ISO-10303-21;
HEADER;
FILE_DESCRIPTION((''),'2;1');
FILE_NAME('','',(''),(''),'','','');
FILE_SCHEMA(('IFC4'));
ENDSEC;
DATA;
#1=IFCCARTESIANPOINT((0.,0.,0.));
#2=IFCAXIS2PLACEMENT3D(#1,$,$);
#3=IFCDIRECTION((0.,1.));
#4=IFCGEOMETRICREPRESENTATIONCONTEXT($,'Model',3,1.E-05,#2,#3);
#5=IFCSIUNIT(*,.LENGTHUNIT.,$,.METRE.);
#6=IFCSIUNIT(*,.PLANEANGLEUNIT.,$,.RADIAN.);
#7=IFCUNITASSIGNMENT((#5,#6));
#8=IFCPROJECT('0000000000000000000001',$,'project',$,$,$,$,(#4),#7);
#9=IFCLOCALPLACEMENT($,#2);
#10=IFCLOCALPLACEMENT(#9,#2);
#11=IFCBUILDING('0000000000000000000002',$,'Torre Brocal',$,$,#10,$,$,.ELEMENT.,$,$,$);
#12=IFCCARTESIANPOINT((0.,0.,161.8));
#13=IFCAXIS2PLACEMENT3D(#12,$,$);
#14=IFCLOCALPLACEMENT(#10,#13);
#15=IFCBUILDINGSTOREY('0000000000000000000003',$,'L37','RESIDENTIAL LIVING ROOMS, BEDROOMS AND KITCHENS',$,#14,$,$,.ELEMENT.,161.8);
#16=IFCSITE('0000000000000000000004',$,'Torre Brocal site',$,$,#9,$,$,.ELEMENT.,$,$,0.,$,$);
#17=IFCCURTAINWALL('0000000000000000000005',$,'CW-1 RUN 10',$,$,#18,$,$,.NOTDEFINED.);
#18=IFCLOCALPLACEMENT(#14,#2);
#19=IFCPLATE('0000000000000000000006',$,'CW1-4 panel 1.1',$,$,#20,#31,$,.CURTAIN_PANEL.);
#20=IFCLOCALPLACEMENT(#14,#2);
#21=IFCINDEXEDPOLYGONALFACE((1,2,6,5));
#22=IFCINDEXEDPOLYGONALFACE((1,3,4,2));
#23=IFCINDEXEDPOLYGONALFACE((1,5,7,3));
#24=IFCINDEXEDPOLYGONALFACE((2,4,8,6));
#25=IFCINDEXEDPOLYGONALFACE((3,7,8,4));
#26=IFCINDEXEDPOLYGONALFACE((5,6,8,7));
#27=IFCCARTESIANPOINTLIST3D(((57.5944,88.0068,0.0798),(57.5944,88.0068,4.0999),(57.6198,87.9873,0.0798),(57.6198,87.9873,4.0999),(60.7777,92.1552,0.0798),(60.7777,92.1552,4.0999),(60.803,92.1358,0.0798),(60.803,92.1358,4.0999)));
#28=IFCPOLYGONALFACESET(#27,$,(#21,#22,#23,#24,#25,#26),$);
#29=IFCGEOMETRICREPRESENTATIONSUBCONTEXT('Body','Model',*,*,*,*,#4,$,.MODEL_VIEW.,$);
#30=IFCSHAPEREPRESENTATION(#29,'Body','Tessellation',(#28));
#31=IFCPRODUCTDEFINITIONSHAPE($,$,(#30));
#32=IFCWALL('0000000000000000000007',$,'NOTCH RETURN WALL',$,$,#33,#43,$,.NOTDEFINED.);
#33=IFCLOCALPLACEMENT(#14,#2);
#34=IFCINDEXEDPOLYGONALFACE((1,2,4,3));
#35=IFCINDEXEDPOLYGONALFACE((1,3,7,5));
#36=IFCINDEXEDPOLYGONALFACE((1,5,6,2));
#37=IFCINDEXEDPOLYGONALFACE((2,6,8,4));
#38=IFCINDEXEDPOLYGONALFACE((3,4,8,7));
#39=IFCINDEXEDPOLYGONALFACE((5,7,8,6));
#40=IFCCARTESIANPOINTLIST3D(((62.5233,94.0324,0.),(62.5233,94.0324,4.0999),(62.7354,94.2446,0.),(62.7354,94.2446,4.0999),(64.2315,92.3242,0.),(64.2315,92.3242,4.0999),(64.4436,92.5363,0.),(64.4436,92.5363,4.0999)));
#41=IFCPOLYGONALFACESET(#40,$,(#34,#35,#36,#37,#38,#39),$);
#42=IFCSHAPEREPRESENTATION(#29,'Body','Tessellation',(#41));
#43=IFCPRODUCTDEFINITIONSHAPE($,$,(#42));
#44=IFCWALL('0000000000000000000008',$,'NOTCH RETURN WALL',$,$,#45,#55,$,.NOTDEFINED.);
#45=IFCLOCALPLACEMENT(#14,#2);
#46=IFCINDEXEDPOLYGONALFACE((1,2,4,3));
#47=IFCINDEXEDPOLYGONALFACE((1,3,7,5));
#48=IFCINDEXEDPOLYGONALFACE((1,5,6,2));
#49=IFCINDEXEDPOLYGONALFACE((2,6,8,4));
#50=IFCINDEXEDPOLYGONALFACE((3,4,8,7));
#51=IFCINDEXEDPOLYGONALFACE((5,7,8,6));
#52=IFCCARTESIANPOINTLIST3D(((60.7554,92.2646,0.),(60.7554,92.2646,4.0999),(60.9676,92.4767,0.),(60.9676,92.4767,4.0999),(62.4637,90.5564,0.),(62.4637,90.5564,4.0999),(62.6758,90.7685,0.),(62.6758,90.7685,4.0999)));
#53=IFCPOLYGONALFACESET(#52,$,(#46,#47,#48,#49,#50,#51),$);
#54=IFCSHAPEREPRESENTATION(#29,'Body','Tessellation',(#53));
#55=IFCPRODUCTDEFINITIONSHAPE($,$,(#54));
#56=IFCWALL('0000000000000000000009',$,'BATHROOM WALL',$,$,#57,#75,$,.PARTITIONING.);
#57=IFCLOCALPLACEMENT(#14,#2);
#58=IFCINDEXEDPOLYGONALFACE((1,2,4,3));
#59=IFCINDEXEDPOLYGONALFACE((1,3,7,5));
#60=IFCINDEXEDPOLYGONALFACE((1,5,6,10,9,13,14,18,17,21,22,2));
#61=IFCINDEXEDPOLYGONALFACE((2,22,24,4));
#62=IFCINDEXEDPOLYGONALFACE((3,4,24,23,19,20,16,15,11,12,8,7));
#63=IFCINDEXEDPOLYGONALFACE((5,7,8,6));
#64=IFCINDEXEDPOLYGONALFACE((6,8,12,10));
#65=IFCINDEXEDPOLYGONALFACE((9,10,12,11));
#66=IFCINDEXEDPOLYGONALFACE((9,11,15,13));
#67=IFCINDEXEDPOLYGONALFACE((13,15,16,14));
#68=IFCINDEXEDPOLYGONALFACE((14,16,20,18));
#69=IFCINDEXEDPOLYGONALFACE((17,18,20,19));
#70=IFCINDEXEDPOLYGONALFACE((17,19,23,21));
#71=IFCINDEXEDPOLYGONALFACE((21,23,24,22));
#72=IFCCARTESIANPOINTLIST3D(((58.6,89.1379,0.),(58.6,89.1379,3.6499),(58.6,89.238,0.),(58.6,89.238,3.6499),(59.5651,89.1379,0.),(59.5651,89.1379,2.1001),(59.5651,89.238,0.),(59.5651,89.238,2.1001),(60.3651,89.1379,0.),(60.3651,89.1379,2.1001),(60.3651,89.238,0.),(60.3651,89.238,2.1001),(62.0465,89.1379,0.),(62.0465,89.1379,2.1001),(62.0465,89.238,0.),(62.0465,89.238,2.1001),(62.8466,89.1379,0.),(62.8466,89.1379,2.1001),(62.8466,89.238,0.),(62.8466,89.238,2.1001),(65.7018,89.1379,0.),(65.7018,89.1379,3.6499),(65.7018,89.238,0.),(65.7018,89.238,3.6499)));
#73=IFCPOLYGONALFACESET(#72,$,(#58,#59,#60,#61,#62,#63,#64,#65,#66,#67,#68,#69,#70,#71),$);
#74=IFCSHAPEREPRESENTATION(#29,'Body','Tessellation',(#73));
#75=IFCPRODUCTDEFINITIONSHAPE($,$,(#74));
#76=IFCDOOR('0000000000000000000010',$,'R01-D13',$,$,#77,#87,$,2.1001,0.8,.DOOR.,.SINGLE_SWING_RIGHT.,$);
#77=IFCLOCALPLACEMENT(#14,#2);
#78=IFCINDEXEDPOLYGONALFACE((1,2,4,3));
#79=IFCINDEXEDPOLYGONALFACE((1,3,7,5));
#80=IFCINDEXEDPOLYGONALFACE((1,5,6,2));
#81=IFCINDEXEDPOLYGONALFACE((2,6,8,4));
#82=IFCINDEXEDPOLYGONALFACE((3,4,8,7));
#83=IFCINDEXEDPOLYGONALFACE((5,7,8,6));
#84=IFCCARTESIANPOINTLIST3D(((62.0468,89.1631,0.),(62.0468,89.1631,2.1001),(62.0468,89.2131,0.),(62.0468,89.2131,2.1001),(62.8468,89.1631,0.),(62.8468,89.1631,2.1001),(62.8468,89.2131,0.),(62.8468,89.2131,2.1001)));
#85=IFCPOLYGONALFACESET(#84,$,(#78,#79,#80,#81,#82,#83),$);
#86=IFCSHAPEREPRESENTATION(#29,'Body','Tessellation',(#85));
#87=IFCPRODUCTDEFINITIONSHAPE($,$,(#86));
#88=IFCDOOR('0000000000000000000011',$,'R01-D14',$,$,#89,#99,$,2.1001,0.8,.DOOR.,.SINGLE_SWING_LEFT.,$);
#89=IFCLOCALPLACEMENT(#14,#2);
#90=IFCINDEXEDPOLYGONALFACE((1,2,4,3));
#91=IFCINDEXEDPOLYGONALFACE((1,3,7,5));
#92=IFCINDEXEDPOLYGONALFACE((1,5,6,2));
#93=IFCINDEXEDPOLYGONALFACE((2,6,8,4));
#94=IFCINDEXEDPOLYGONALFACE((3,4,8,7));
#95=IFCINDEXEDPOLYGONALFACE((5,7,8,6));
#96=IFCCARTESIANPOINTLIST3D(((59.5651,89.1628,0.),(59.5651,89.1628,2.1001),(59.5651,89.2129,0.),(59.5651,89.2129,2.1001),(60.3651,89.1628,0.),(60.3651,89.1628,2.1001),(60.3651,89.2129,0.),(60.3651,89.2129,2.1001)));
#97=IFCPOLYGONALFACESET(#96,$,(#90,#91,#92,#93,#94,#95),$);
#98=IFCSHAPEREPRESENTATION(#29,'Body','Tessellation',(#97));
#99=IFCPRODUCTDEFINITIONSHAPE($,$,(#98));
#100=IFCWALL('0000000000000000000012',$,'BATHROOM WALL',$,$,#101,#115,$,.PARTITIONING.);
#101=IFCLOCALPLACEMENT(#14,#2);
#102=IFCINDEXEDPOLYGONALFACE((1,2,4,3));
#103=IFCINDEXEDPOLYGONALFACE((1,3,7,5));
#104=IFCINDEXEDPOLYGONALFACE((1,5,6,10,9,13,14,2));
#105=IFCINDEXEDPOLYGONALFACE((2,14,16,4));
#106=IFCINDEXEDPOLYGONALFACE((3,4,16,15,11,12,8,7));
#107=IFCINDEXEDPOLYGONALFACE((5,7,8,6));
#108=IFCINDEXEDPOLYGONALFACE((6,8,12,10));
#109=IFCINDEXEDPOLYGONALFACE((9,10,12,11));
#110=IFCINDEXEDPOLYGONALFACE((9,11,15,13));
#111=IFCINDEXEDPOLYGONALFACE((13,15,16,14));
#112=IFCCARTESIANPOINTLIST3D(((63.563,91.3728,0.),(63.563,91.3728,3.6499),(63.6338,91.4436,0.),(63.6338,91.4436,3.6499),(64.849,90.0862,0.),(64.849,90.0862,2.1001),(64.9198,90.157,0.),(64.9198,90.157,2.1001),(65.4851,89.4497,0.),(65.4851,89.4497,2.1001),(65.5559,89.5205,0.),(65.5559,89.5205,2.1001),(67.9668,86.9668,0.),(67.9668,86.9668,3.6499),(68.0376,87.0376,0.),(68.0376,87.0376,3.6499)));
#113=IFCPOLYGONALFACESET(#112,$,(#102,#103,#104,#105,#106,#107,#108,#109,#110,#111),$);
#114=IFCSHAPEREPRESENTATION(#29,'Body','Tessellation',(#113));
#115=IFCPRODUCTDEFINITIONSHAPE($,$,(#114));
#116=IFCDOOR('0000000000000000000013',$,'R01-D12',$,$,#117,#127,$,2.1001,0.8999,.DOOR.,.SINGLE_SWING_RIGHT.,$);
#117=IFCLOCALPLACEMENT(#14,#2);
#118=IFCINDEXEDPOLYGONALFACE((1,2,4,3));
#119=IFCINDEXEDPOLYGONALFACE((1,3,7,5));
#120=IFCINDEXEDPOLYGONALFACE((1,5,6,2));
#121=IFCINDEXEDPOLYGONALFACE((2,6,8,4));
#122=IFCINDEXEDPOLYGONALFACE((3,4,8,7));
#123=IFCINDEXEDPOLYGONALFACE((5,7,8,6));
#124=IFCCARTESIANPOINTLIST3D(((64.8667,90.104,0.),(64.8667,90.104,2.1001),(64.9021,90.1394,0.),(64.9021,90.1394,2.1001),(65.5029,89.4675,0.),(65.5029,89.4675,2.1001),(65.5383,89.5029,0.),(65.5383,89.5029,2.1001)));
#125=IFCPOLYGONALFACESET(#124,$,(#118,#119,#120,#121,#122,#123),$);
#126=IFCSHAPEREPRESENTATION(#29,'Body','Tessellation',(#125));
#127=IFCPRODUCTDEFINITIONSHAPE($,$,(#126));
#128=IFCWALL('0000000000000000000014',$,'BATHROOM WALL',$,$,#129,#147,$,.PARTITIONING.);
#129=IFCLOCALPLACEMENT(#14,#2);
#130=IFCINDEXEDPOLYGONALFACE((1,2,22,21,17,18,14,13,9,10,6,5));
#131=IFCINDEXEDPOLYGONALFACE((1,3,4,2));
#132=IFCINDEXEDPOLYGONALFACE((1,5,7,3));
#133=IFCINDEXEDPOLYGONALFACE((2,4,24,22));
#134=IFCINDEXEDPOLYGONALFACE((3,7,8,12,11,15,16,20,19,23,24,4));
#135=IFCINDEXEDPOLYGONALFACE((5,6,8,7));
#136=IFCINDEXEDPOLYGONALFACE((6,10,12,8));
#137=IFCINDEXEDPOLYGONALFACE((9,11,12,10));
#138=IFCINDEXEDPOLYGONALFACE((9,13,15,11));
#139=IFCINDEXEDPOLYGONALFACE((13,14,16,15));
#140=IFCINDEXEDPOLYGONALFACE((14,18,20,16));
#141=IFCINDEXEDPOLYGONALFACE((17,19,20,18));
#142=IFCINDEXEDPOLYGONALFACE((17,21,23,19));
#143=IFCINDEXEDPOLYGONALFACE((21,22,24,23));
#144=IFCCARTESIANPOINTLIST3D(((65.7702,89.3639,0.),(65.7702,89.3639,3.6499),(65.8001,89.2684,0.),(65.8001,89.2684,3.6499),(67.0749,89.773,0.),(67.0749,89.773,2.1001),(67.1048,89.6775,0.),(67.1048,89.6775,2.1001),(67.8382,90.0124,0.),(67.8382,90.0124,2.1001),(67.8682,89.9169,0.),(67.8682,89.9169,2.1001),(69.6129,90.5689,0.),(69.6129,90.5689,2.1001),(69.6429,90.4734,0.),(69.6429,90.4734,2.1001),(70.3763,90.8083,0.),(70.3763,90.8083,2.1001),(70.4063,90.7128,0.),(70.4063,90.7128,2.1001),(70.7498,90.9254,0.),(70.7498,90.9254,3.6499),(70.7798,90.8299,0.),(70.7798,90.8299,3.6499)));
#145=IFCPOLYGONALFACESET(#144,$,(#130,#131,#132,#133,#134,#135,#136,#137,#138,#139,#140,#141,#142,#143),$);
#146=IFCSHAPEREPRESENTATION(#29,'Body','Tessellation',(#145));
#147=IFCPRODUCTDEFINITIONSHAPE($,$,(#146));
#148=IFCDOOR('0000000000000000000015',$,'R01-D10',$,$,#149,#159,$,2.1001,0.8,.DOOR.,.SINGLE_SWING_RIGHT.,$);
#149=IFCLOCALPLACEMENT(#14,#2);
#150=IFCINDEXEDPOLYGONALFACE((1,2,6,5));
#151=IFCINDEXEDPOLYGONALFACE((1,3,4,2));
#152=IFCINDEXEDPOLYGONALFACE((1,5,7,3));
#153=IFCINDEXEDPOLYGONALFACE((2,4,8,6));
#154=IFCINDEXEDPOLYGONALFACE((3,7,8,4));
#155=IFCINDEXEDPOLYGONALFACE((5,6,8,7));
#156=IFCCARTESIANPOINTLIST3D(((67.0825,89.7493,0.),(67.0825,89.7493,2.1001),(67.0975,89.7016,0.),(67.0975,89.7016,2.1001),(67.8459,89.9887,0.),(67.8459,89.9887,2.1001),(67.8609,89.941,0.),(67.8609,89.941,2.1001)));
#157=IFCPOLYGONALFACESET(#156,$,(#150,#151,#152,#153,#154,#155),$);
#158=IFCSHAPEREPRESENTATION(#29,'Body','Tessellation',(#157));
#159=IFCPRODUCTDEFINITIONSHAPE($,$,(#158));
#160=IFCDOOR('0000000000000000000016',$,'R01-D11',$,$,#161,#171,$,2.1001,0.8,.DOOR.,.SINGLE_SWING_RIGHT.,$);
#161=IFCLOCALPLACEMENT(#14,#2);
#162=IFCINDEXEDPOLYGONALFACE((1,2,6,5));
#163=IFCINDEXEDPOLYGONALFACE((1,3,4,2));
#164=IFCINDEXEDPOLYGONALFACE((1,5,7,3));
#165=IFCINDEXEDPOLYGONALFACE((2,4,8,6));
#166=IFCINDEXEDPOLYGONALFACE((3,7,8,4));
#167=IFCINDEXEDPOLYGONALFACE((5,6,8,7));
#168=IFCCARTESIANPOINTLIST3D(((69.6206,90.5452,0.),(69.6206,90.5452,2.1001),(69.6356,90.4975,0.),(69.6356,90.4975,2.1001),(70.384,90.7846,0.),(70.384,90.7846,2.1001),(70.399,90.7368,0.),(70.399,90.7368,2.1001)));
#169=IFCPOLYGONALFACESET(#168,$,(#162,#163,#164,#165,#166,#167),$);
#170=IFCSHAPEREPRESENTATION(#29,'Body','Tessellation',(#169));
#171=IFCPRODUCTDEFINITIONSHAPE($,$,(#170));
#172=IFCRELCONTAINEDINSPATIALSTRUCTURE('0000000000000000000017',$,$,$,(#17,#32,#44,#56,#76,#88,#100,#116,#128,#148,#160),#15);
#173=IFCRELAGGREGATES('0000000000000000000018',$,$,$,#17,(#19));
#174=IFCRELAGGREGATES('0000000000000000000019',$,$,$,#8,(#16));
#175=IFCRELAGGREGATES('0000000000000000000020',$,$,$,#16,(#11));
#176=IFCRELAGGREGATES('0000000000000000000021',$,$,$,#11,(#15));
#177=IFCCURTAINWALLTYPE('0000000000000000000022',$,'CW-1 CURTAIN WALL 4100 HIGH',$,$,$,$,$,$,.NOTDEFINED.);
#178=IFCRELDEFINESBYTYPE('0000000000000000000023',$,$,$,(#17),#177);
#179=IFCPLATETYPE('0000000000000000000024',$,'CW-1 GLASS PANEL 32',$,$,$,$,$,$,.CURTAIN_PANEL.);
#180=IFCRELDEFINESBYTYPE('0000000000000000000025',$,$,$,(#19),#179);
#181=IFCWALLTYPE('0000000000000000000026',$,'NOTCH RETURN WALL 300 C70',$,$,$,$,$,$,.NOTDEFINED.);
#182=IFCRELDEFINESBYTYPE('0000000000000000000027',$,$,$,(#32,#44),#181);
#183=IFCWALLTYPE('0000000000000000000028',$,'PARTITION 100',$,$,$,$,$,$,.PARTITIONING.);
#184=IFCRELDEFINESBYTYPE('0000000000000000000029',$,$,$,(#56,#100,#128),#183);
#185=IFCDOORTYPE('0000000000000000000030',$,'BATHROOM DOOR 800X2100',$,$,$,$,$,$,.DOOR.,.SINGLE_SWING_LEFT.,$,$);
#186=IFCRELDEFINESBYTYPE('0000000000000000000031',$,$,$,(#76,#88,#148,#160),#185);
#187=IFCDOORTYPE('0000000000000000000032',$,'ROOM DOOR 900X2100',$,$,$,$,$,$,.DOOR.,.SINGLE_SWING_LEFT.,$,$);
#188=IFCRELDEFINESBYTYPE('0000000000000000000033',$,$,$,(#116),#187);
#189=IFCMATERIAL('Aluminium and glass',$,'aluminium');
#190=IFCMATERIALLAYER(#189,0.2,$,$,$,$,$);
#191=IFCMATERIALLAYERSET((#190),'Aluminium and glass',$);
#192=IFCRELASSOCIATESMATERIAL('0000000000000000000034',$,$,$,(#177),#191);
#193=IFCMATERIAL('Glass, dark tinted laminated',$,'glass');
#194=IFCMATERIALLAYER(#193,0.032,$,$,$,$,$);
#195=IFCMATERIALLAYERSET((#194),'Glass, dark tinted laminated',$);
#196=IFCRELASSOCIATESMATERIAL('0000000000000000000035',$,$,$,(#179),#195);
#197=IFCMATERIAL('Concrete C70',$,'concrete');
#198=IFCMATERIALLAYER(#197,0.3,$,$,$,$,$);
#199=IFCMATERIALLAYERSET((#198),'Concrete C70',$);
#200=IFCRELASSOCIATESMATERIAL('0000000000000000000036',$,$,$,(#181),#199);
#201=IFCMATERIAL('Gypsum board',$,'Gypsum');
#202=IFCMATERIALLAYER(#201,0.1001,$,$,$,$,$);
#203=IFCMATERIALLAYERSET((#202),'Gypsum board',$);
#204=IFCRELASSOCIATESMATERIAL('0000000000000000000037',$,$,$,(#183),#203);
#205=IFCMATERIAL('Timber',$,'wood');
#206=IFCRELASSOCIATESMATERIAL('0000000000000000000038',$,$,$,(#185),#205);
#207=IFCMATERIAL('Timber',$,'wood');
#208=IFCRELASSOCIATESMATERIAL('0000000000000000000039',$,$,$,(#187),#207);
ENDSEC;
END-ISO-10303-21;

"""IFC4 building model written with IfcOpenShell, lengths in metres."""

from ifc_helpers import new_model, si_unit, direction, frame, frame_2d, origin, origin_2d, place, context, subcontext, project, spatial, rectangle, extrude, material, layer, layer_set, type_object, element, fill, aggregate, save


model = new_model("IFC4")

# Units and contexts
model_context = context("Model", 3, precision=1e-05, world=origin(), true_north=direction((0.0, 1.0)))
body_context = subcontext(model_context, "Body", "Model", "MODEL_VIEW")
ifc_project = project(units=[si_unit("LENGTHUNIT", "METRE"), si_unit("PLANEANGLEUNIT", "RADIAN")], contexts=[model_context])

# Site, building, storey
site_placement = place(None, origin())
site = spatial("IfcSite", under=ifc_project, at=site_placement, Name="Torre Brocal site", CompositionType="ELEMENT", RefElevation=0.0)
building_placement = place(site_placement, origin())
building = spatial("IfcBuilding", under=site, at=building_placement, Name="Torre Brocal", CompositionType="ELEMENT")
storey_placement = place(building_placement, frame((0.0, 0.0, 161.8)))
storey = spatial("IfcBuildingStorey", under=building, at=storey_placement, Name="L37", Description="RESIDENTIAL LIVING ROOMS, BEDROOMS AND KITCHENS", CompositionType="ELEMENT", Elevation=161.8)

# Shared definitions
ifc_material_1 = material(Name="Aluminium and glass", Category="aluminium")
ifc_layer_1 = layer(ifc_material_1, 0.2)
ifc_layer_set_1 = layer_set([ifc_layer_1], Name="Aluminium and glass")
curtain_wall_type = type_object("IfcCurtainWallType", Name="CW-1 CURTAIN WALL 4100 HIGH", PredefinedType="NOTDEFINED", material=ifc_layer_set_1)

# Curtain wall
curtain_wall_1_placement = place(storey_placement, origin())
curtain_wall_1 = element("IfcCurtainWall", 1, at=curtain_wall_1_placement, inside=storey, type_object=curtain_wall_type, Name="CW-1 RUN 10", PredefinedType="NOTDEFINED")

# Plate
ifc_material_2 = material(Name="Glass, dark tinted laminated", Category="glass")
ifc_layer_2 = layer(ifc_material_2, 0.032)
ifc_layer_set_2 = layer_set([ifc_layer_2], Name="Glass, dark tinted laminated")
plate_type = type_object("IfcPlateType", Name="CW-1 GLASS PANEL 32", PredefinedType="CURTAIN_PANEL", material=ifc_layer_set_2)
plate_1_placement = place(storey_placement, frame((59.1987, 90.0713, 0.0798), z_axis=(0.0, 0.0, 1.0), x_axis=(-0.608761, -0.793353, 0.0)))
plate_1 = element("IfcPlate", 2, at=plate_1_placement, type_object=plate_type, Name="CW1-4 panel 1.1", PredefinedType="CURTAIN_PANEL", context=body_context, shape_type="SweptSolid", body=[
    extrude(rectangle(XDim=5.229, YDim=0.032, at=origin_2d()), origin(), (0.0, 0.0, 1.0), 4.02),
])
aggregate(curtain_wall_1, [plate_1])

# Walls
ifc_material_3 = material(Name="Concrete C70", Category="concrete")
ifc_layer_3 = layer(ifc_material_3, 0.3)
ifc_layer_set_3 = layer_set([ifc_layer_3], Name="Concrete C70")
wall_type_1 = type_object("IfcWallType", Name="NOTCH RETURN WALL 300 C70", PredefinedType="NOTDEFINED", material=ifc_layer_set_3)
for number, where, z_axis, x_axis, name in (
    (3, (64.3376, 92.4302, 0.0), (0.0, 0.0, 1.0), (-0.707107, 0.707107, 0.0), "NOTCH RETURN WALL"),
    (4, (62.5698, 90.6624, 0.0), (0.0, 0.0, 1.0), (-0.707107, 0.707107, 0.0), "NOTCH RETURN WALL"),
):
    element("IfcWall", number, at=place(storey_placement, frame(where, z_axis=z_axis, x_axis=x_axis)), inside=storey, type_object=wall_type_1, Name=name, PredefinedType="NOTDEFINED", context=body_context, shape_type="SweptSolid", body=[
        extrude(rectangle(XDim=2.4158, YDim=0.3, at=frame_2d((1.208, 0.0))), origin(), (0.0, 0.0, 1.0), 4.0999),
    ])

# Wall, openings, doors
ifc_material_4 = material(Name="Gypsum board", Category="Gypsum")
ifc_layer_4 = layer(ifc_material_4, 0.1001)
ifc_layer_set_4 = layer_set([ifc_layer_4], Name="Gypsum board")
wall_type_2 = type_object("IfcWallType", Name="PARTITION 100", PredefinedType="PARTITIONING", material=ifc_layer_set_4)
wall_1_placement = place(storey_placement, frame((58.6001, 89.188, 0.0), z_axis=(0.0, 0.0, 1.0), x_axis=(1.0, 0.0, 0.0)))
wall_1 = element("IfcWall", 5, at=wall_1_placement, inside=storey, type_object=wall_type_2, Name="BATHROOM WALL", PredefinedType="PARTITIONING", context=body_context, shape_type="SweptSolid", body=[
    extrude(rectangle(XDim=7.1018, YDim=0.1001, at=frame_2d((3.5508, 0.0))), origin(), (0.0, 0.0, 1.0), 3.6499),
])
opening_1_placement = place(wall_1_placement, frame((3.4465, 0.0, 0.0)))
opening_1 = element("IfcOpeningElement", 6, at=opening_1_placement, cuts=wall_1, PredefinedType="OPENING", context=body_context, shape_type="SweptSolid", body=[
    extrude(rectangle(XDim=0.8, YDim=2.1001, at=frame_2d((0.3999, 1.05))), frame((0.0, 0.0601, 0.0), z_axis=(0.0, -1.0, 0.0), x_axis=(1.0, 0.0, 0.0)), (0.0, 0.0, 1.0), 0.1201),
])
opening_2_placement = place(wall_1_placement, frame((0.9651, 0.0, 0.0)))
opening_2 = element("IfcOpeningElement", 7, at=opening_2_placement, cuts=wall_1, PredefinedType="OPENING", context=body_context, shape_type="SweptSolid", body=[
    extrude(rectangle(XDim=0.8, YDim=2.1001, at=frame_2d((0.3999, 1.05))), frame((0.0, 0.0601, 0.0), z_axis=(0.0, -1.0, 0.0), x_axis=(1.0, 0.0, 0.0)), (0.0, 0.0, 1.0), 0.1201),
])
ifc_material_5 = material(Name="Timber", Category="wood")
door_type_1 = type_object("IfcDoorType", Name="BATHROOM DOOR 800X2100", OperationType="SINGLE_SWING_LEFT", PredefinedType="DOOR", material=ifc_material_5)
door_1_placement = place(opening_1_placement, frame((0.8, 0.0, 0.0), z_axis=(0.0, 0.0, 1.0), x_axis=(-1.0, 0.0, 0.0)))
door_1 = element("IfcDoor", 8, at=door_1_placement, inside=storey, type_object=door_type_1, Name="R01-D13", OperationType="SINGLE_SWING_RIGHT", OverallHeight=2.1001, OverallWidth=0.8, PredefinedType="DOOR", context=body_context, shape_type="SweptSolid", body=[
    extrude(rectangle(XDim=0.8, YDim=2.1001, at=frame_2d((0.3999, 1.05))), frame((0.0, 0.0249, 0.0), z_axis=(0.0, -1.0, 0.0), x_axis=(1.0, 0.0, 0.0)), (0.0, 0.0, 1.0), 0.05),
])
fill(opening_1, door_1)
door_2_placement = place(opening_2_placement, origin())
door_2 = element("IfcDoor", 9, at=door_2_placement, inside=storey, type_object=door_type_1, Name="R01-D14", OperationType="SINGLE_SWING_LEFT", OverallHeight=2.1001, OverallWidth=0.8, PredefinedType="DOOR", context=body_context, shape_type="SweptSolid", body=[
    extrude(rectangle(XDim=0.8, YDim=2.1001, at=frame_2d((0.3999, 1.05))), frame((0.0, 0.0249, 0.0), z_axis=(0.0, -1.0, 0.0), x_axis=(1.0, 0.0, 0.0)), (0.0, 0.0, 1.0), 0.05),
])
fill(opening_2, door_2)

# Wall, opening, door
wall_2_placement = place(storey_placement, frame((63.5984, 91.4082, 0.0), z_axis=(0.0, 0.0, 1.0), x_axis=(0.70693, -0.707283, 0.0)))
wall_2 = element("IfcWall", 10, at=wall_2_placement, inside=storey, type_object=wall_type_2, Name="BATHROOM WALL", PredefinedType="PARTITIONING", context=body_context, shape_type="SweptSolid", body=[
    extrude(rectangle(XDim=6.2295, YDim=0.1001, at=frame_2d((3.1147, 0.0))), origin(), (0.0, 0.0, 1.0), 3.6499),
])
opening_3_placement = place(wall_2_placement, frame((1.8191, 0.0, 0.0)))
opening_3 = element("IfcOpeningElement", 11, at=opening_3_placement, cuts=wall_2, PredefinedType="OPENING", context=body_context, shape_type="SweptSolid", body=[
    extrude(rectangle(XDim=0.8999, YDim=2.1001, at=frame_2d((0.45, 1.05))), frame((0.0, 0.0601, 0.0), z_axis=(0.0, -1.0, 0.0), x_axis=(1.0, 0.0, 0.0)), (0.0, 0.0, 1.0), 0.1201),
])
ifc_material_6 = material(Name="Timber", Category="wood")
door_type_2 = type_object("IfcDoorType", Name="ROOM DOOR 900X2100", OperationType="SINGLE_SWING_LEFT", PredefinedType="DOOR", material=ifc_material_6)
door_3_placement = place(opening_3_placement, frame((0.8999, 0.0, 0.0), z_axis=(0.0, 0.0, 1.0), x_axis=(-1.0, 0.0, 0.0)))
door_3 = element("IfcDoor", 12, at=door_3_placement, inside=storey, type_object=door_type_2, Name="R01-D12", OperationType="SINGLE_SWING_RIGHT", OverallHeight=2.1001, OverallWidth=0.8999, PredefinedType="DOOR", context=body_context, shape_type="SweptSolid", body=[
    extrude(rectangle(XDim=0.8999, YDim=2.1001, at=frame_2d((0.45, 1.05))), frame((0.0, 0.0249, 0.0), z_axis=(0.0, -1.0, 0.0), x_axis=(1.0, 0.0, 0.0)), (0.0, 0.0, 1.0), 0.05),
])
fill(opening_3, door_3)

# Wall, openings, doors
wall_3_placement = place(storey_placement, frame((65.7852, 89.3162, 0.0), z_axis=(0.0, 0.0, 1.0), x_axis=(0.954187, 0.29921, 0.0)))
wall_3 = element("IfcWall", 13, at=wall_3_placement, inside=storey, type_object=wall_type_2, Name="BATHROOM WALL", PredefinedType="PARTITIONING", context=body_context, shape_type="SweptSolid", body=[
    extrude(rectangle(XDim=5.2188, YDim=0.1001, at=frame_2d((2.6094, 0.0))), origin(), (0.0, 0.0, 1.0), 3.6499),
])
opening_4_placement = place(wall_3_placement, frame((1.3674, 0.0, 0.0)))
opening_4 = element("IfcOpeningElement", 14, at=opening_4_placement, cuts=wall_3, PredefinedType="OPENING", context=body_context, shape_type="SweptSolid", body=[
    extrude(rectangle(XDim=0.8, YDim=2.1001, at=frame_2d((0.3999, 1.05))), frame((0.0, 0.0601, 0.0), z_axis=(0.0, -1.0, 0.0), x_axis=(1.0, 0.0, 0.0)), (0.0, 0.0, 1.0), 0.1201),
])
opening_5_placement = place(wall_3_placement, frame((4.0273, 0.0, 0.0)))
opening_5 = element("IfcOpeningElement", 15, at=opening_5_placement, cuts=wall_3, PredefinedType="OPENING", context=body_context, shape_type="SweptSolid", body=[
    extrude(rectangle(XDim=0.8, YDim=2.1001, at=frame_2d((0.3999, 1.05))), frame((0.0, 0.0601, 0.0), z_axis=(0.0, -1.0, 0.0), x_axis=(1.0, 0.0, 0.0)), (0.0, 0.0, 1.0), 0.1201),
])
door_4_placement = place(opening_4_placement, frame((0.8, 0.0, 0.0), z_axis=(0.0, 0.0, 1.0), x_axis=(-1.0, 0.0, 0.0)))
door_4 = element("IfcDoor", 16, at=door_4_placement, inside=storey, type_object=door_type_1, Name="R01-D10", OperationType="SINGLE_SWING_RIGHT", OverallHeight=2.1001, OverallWidth=0.8, PredefinedType="DOOR", context=body_context, shape_type="SweptSolid", body=[
    extrude(rectangle(XDim=0.8, YDim=2.1001, at=frame_2d((0.3999, 1.05))), frame((0.0, 0.0249, 0.0), z_axis=(0.0, -1.0, 0.0), x_axis=(1.0, 0.0, 0.0)), (0.0, 0.0, 1.0), 0.05),
])
fill(opening_4, door_4)
door_5_placement = place(opening_5_placement, frame((0.8, 0.0, 0.0), z_axis=(0.0, 0.0, 1.0), x_axis=(-1.0, 0.0, 0.0)))
door_5 = element("IfcDoor", 17, at=door_5_placement, inside=storey, type_object=door_type_1, Name="R01-D11", OperationType="SINGLE_SWING_RIGHT", OverallHeight=2.1001, OverallWidth=0.8, PredefinedType="DOOR", context=body_context, shape_type="SweptSolid", body=[
    extrude(rectangle(XDim=0.8, YDim=2.1001, at=frame_2d((0.3999, 1.05))), frame((0.0, 0.0249, 0.0), z_axis=(0.0, -1.0, 0.0), x_axis=(1.0, 0.0, 0.0)), (0.0, 0.0, 1.0), 0.05),
])
fill(opening_5, door_5)

save(model, "model.ifc")
